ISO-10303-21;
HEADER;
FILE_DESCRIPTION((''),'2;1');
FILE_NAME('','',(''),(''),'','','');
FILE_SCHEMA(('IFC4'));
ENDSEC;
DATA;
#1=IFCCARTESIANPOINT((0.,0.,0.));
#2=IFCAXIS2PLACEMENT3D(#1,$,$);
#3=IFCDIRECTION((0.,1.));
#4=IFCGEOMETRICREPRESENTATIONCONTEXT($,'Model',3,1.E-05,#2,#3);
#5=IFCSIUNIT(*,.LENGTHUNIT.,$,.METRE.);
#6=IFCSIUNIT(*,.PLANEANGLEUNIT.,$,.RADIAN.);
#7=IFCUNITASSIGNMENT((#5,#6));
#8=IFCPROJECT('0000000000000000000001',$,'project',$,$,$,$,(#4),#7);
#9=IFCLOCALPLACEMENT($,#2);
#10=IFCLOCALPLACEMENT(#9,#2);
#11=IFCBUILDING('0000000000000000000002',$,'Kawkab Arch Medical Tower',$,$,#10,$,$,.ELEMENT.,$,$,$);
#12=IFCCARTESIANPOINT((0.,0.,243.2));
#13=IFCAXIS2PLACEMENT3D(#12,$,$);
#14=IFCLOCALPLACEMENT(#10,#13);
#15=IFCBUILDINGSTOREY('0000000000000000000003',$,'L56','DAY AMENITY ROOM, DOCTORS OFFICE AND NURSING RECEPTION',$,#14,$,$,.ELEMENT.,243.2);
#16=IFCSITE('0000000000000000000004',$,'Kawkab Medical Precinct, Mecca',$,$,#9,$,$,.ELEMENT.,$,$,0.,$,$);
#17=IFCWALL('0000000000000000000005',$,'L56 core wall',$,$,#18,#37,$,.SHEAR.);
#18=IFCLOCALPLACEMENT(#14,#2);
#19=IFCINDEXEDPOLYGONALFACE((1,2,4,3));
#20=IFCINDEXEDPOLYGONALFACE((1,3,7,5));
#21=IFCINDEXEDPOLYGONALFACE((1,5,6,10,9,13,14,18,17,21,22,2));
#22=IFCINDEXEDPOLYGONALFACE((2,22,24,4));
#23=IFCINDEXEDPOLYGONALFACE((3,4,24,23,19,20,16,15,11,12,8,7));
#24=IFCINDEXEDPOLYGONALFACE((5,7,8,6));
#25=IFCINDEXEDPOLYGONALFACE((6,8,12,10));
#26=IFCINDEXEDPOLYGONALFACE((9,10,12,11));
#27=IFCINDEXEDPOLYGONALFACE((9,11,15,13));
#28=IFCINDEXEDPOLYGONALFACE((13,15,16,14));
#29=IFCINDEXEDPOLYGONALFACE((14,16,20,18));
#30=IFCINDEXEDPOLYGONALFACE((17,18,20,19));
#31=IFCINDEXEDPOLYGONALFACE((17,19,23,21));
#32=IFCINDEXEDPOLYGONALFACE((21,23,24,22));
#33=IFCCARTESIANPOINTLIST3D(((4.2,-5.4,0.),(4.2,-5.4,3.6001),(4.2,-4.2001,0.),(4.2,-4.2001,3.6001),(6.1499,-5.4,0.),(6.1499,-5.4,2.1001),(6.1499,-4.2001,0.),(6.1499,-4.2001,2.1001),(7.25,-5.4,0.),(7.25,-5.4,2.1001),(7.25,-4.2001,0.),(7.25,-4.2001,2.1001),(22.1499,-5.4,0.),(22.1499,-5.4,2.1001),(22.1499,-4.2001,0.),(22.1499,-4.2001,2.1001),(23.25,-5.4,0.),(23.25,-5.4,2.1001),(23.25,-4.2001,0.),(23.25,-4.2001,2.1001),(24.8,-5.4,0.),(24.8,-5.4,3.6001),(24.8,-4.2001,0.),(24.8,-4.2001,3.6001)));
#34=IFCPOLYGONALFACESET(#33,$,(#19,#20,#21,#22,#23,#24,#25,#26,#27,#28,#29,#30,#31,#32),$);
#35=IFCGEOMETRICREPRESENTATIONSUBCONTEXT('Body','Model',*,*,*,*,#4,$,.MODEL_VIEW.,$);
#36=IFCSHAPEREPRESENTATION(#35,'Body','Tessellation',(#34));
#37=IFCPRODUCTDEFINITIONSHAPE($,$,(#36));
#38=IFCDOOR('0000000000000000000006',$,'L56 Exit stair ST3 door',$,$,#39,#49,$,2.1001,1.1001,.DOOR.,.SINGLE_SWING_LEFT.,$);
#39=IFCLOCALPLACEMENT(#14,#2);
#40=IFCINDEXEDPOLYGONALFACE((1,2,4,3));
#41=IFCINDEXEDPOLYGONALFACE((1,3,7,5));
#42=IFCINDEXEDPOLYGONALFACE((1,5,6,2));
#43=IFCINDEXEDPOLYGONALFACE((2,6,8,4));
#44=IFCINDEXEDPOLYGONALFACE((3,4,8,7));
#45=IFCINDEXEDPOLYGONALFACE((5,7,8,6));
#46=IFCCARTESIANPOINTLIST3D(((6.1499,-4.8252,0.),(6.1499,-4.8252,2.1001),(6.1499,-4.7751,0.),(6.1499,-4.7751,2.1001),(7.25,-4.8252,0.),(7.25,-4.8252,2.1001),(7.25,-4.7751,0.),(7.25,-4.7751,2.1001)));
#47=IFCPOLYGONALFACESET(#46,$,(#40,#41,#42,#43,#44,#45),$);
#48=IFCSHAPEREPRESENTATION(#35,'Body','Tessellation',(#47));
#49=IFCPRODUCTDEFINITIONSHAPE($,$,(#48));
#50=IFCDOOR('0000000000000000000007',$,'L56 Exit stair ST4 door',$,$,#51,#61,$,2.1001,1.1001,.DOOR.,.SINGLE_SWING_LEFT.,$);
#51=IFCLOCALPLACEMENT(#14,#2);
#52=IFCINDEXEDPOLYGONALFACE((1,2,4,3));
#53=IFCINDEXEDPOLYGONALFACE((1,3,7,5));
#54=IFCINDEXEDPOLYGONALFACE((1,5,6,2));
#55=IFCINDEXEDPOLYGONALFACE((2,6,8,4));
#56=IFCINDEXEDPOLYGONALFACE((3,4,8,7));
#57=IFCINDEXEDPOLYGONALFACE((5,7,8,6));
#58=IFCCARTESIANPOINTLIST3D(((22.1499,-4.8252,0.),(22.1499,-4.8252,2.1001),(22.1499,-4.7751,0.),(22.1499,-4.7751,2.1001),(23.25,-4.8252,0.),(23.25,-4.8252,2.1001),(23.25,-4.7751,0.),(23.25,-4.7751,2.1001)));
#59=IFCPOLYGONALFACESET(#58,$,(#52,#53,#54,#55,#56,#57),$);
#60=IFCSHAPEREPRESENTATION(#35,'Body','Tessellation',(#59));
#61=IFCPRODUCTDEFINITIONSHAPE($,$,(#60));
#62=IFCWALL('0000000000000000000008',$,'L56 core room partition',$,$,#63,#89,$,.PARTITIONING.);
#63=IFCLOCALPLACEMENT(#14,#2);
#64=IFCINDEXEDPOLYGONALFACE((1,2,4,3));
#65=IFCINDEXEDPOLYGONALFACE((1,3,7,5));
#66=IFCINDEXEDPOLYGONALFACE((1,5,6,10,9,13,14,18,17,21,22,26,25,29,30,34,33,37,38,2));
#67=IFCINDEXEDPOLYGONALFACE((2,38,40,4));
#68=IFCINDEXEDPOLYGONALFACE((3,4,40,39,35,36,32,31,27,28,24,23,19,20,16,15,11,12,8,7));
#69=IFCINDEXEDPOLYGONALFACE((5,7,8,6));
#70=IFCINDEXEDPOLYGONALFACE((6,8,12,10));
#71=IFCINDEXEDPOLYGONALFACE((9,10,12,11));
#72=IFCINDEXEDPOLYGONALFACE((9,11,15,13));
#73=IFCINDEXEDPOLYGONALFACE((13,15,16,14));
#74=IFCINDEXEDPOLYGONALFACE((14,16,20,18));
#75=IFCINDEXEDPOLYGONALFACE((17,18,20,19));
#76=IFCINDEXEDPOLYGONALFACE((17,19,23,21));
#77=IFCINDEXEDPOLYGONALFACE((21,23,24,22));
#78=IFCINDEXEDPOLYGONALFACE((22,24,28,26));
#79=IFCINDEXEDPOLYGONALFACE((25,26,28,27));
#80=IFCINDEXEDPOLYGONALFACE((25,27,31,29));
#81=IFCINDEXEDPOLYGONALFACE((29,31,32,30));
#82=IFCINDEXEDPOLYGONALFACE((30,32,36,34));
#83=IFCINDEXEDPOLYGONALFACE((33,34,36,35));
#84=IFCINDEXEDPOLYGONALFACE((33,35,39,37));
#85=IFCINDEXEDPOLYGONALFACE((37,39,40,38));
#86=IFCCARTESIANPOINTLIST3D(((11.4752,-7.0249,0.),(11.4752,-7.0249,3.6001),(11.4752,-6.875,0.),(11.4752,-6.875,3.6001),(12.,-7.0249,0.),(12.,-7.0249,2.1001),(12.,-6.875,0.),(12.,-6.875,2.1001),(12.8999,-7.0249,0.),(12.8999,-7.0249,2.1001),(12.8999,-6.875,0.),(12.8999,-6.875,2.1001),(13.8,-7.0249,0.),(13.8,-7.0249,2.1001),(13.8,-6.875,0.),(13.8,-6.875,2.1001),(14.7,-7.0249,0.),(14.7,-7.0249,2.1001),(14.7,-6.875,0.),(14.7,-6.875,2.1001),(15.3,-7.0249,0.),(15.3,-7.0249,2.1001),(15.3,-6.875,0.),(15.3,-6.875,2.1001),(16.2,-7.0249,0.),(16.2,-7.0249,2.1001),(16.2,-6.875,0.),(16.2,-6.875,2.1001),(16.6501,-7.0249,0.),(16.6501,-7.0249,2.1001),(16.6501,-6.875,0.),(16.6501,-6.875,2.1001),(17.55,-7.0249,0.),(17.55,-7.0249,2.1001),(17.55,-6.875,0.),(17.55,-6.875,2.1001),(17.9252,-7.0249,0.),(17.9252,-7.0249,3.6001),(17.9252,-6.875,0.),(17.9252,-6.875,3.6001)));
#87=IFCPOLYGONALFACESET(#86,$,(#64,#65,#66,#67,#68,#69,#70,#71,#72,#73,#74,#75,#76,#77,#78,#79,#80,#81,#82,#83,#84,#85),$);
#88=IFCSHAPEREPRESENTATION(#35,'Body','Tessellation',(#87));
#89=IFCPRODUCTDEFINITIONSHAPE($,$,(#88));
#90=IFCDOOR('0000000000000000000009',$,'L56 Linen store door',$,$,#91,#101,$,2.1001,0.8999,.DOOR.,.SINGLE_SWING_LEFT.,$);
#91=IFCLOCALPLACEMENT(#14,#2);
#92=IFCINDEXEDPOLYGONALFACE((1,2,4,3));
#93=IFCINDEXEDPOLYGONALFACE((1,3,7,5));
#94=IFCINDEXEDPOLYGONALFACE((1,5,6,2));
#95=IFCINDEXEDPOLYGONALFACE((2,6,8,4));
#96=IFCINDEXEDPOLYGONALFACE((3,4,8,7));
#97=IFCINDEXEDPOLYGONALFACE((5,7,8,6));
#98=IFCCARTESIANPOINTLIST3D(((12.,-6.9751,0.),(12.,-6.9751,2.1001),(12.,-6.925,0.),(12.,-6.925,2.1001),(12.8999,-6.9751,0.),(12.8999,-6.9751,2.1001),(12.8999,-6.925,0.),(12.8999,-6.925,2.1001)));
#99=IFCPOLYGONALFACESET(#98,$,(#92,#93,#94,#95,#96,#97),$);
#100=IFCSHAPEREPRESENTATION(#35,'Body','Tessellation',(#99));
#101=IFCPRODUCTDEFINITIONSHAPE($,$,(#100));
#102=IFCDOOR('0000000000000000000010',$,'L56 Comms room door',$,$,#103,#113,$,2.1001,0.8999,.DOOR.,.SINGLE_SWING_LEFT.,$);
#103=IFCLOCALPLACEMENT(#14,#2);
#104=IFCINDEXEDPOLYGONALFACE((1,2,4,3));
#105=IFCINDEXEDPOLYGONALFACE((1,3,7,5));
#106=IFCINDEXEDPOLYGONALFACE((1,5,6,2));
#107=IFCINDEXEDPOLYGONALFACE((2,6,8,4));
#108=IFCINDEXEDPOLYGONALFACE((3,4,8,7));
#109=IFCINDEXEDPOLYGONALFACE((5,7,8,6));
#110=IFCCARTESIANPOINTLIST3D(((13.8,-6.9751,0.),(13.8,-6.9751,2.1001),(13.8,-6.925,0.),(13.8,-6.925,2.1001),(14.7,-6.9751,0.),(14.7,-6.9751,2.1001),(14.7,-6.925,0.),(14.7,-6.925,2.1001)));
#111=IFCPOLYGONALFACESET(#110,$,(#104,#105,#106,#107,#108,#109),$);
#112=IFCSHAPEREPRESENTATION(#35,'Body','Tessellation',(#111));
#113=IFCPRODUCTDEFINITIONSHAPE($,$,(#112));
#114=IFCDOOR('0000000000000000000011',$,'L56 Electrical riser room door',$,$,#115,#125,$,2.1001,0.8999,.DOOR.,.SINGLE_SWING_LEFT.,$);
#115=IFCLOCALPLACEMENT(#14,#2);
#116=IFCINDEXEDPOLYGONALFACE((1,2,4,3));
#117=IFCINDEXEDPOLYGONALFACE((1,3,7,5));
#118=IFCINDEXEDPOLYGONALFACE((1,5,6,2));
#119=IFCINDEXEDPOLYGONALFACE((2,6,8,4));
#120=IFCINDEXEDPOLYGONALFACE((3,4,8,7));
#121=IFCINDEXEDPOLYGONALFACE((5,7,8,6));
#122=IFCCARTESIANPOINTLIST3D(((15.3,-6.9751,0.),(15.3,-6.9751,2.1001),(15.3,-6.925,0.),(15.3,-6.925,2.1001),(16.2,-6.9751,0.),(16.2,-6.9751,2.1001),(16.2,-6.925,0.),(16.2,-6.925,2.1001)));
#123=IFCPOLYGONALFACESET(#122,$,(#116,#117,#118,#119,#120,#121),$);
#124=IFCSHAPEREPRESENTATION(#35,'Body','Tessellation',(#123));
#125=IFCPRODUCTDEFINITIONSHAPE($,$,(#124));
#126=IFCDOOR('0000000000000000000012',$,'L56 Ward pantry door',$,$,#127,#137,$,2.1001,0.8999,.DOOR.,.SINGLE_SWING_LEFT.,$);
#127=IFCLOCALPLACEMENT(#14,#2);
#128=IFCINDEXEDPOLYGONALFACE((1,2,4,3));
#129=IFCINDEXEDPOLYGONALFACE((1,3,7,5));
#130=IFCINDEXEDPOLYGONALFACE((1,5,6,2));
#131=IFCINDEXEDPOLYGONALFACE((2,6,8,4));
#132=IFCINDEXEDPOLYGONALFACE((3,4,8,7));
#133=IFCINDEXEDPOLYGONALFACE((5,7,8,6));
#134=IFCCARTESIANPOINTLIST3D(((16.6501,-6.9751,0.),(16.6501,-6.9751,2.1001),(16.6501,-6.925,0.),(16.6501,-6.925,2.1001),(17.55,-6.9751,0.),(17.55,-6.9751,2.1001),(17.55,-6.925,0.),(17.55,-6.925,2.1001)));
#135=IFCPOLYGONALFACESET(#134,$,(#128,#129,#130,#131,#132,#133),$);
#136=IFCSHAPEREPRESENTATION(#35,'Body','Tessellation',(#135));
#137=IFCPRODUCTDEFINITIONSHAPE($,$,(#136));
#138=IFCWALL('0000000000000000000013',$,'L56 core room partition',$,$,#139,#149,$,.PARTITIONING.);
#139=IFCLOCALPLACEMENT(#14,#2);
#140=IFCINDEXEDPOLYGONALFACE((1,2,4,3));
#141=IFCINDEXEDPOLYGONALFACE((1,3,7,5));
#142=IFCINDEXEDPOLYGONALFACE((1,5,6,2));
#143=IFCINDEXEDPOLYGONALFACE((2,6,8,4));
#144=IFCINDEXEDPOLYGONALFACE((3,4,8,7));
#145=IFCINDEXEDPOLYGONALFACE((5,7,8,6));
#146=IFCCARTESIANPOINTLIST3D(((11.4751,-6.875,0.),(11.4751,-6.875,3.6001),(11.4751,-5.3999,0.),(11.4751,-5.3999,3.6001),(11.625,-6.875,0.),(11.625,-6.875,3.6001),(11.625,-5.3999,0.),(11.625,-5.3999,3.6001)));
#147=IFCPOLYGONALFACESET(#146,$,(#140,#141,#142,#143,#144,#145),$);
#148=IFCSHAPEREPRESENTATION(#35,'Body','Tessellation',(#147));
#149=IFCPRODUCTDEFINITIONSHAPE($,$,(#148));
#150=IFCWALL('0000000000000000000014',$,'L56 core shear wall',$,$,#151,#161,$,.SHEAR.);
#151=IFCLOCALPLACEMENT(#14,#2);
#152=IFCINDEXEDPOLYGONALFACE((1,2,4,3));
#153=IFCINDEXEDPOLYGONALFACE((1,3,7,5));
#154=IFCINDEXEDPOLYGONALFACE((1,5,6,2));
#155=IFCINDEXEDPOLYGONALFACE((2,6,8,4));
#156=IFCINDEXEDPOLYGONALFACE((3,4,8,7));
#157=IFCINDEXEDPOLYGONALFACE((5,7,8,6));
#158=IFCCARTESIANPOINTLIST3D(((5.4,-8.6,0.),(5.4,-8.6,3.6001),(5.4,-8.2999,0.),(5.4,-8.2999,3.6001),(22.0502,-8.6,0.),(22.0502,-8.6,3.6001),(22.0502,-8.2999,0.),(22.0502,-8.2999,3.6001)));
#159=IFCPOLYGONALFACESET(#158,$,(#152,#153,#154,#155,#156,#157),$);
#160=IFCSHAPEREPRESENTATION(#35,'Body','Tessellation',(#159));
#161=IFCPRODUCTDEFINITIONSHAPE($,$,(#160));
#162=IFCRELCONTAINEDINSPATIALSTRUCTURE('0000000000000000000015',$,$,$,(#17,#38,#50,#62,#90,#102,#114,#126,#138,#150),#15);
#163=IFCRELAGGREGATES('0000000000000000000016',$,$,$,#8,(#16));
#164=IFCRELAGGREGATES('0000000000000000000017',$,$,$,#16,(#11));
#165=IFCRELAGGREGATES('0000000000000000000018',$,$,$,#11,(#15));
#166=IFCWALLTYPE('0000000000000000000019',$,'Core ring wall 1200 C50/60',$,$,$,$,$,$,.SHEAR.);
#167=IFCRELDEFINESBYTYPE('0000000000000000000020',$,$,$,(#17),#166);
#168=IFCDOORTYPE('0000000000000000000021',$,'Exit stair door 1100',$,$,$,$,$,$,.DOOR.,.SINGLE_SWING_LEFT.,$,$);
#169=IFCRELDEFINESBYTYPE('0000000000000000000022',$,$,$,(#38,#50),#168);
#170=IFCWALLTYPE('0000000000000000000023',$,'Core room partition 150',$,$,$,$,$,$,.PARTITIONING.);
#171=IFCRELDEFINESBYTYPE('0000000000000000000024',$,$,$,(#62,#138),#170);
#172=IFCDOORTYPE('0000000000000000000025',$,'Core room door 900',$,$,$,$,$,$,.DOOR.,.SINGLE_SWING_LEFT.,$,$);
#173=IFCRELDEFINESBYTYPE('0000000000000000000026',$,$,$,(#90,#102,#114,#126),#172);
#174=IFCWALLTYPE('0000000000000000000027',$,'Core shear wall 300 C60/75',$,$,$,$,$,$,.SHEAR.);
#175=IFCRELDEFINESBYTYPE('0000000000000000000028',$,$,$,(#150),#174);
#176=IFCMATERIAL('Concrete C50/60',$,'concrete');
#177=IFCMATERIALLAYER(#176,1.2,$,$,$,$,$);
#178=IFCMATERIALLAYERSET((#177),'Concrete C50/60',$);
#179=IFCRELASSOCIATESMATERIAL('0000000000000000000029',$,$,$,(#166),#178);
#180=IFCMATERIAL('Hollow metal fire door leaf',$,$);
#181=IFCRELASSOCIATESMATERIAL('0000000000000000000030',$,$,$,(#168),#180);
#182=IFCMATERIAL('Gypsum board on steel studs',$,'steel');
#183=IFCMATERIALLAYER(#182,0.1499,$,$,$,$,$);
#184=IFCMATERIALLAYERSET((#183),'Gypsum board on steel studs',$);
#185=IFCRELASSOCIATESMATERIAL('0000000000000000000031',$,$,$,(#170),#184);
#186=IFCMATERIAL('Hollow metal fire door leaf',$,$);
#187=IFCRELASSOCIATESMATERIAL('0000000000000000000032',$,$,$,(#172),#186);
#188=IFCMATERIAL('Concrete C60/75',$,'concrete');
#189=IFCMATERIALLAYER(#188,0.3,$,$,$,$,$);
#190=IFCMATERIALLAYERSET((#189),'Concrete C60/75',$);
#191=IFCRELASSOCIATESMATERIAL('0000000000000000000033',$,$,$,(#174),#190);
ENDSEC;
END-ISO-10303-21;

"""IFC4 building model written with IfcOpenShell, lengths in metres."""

from ifc_helpers import new_model, si_unit, direction, frame, frame_2d, origin, place, context, subcontext, project, spatial, rectangle, extrude, material, layer, layer_set, type_object, element, fill, save


model = new_model("IFC4")

# Units and contexts
model_context = context("Model", 3, precision=1e-05, world=origin(), true_north=direction((0.0, 1.0)))
body_context = subcontext(model_context, "Body", "Model", "MODEL_VIEW")
ifc_project = project(units=[si_unit("LENGTHUNIT", "METRE"), si_unit("PLANEANGLEUNIT", "RADIAN")], contexts=[model_context])

# Site, building, storey
site_placement = place(None, origin())
site = spatial("IfcSite", under=ifc_project, at=site_placement, Name="Kawkab Medical Precinct, Mecca", CompositionType="ELEMENT", RefElevation=0.0)
building_placement = place(site_placement, origin())
building = spatial("IfcBuilding", under=site, at=building_placement, Name="Kawkab Arch Medical Tower", CompositionType="ELEMENT")
storey_placement = place(building_placement, frame((0.0, 0.0, 243.2)))
storey = spatial("IfcBuildingStorey", under=building, at=storey_placement, Name="L56", Description="DAY AMENITY ROOM, DOCTORS OFFICE AND NURSING RECEPTION", CompositionType="ELEMENT", Elevation=243.2)

# Walls, openings, doors
ifc_material_1 = material(Name="Concrete C50/60", Category="concrete")
ifc_layer_1 = layer(ifc_material_1, 1.2)
ifc_layer_set_1 = layer_set([ifc_layer_1], Name="Concrete C50/60")
wall_type_1 = type_object("IfcWallType", Name="Core ring wall 1200 C50/60", PredefinedType="SHEAR", material=ifc_layer_set_1)
wall_1_placement = place(storey_placement, frame((4.2, -4.8, 0.0), z_axis=(0.0, 0.0, 1.0), x_axis=(1.0, 0.0, 0.0)))
wall_1 = element("IfcWall", 1, at=wall_1_placement, inside=storey, type_object=wall_type_1, Name="L56 core wall", PredefinedType="SHEAR", context=body_context, shape_type="SweptSolid", body=[
    extrude(rectangle(XDim=20.6001, YDim=1.2, at=frame_2d((10.3, 0.0))), origin(), (0.0, 0.0, 1.0), 3.6001),
])
opening_1_placement = place(wall_1_placement, frame((1.95, 0.0, 0.0)))
opening_1 = element("IfcOpeningElement", 2, at=opening_1_placement, cuts=wall_1, PredefinedType="OPENING", context=body_context, shape_type="SweptSolid", body=[
    extrude(rectangle(XDim=1.1001, YDim=2.1001, at=frame_2d((0.55, 1.05))), frame((0.0, 0.6099, 0.0), z_axis=(0.0, -1.0, 0.0), x_axis=(1.0, 0.0, 0.0)), (0.0, 0.0, 1.0), 1.22),
])
opening_2_placement = place(wall_1_placement, frame((17.95, 0.0, 0.0)))
opening_2 = element("IfcOpeningElement", 3, at=opening_2_placement, cuts=wall_1, PredefinedType="OPENING", context=body_context, shape_type="SweptSolid", body=[
    extrude(rectangle(XDim=1.1001, YDim=2.1001, at=frame_2d((0.55, 1.05))), frame((0.0, 0.6099, 0.0), z_axis=(0.0, -1.0, 0.0), x_axis=(1.0, 0.0, 0.0)), (0.0, 0.0, 1.0), 1.22),
])
ifc_material_2 = material(Name="Hollow metal fire door leaf")
door_type_1 = type_object("IfcDoorType", Name="Exit stair door 1100", OperationType="SINGLE_SWING_LEFT", PredefinedType="DOOR", material=ifc_material_2)
door_1_placement = place(opening_1_placement, origin())
door_1 = element("IfcDoor", 4, at=door_1_placement, inside=storey, type_object=door_type_1, Name="L56 Exit stair ST3 door", OperationType="SINGLE_SWING_LEFT", OverallHeight=2.1001, OverallWidth=1.1001, PredefinedType="DOOR", context=body_context, shape_type="SweptSolid", body=[
    extrude(rectangle(XDim=1.1001, YDim=2.1001, at=frame_2d((0.55, 1.05))), frame((0.0, 0.0249, 0.0), z_axis=(0.0, -1.0, 0.0), x_axis=(1.0, 0.0, 0.0)), (0.0, 0.0, 1.0), 0.05),
])
fill(opening_1, door_1)
door_2_placement = place(opening_2_placement, origin())
door_2 = element("IfcDoor", 5, at=door_2_placement, inside=storey, type_object=door_type_1, Name="L56 Exit stair ST4 door", OperationType="SINGLE_SWING_LEFT", OverallHeight=2.1001, OverallWidth=1.1001, PredefinedType="DOOR", context=body_context, shape_type="SweptSolid", body=[
    extrude(rectangle(XDim=1.1001, YDim=2.1001, at=frame_2d((0.55, 1.05))), frame((0.0, 0.0249, 0.0), z_axis=(0.0, -1.0, 0.0), x_axis=(1.0, 0.0, 0.0)), (0.0, 0.0, 1.0), 0.05),
])
fill(opening_2, door_2)
ifc_material_3 = material(Name="Gypsum board on steel studs", Category="steel")
ifc_layer_2 = layer(ifc_material_3, 0.1499)
ifc_layer_set_2 = layer_set([ifc_layer_2], Name="Gypsum board on steel studs")
wall_type_2 = type_object("IfcWallType", Name="Core room partition 150", PredefinedType="PARTITIONING", material=ifc_layer_set_2)
wall_2_placement = place(storey_placement, frame((11.4751, -6.95, 0.0), z_axis=(0.0, 0.0, 1.0), x_axis=(1.0, 0.0, 0.0)))
wall_2 = element("IfcWall", 6, at=wall_2_placement, inside=storey, type_object=wall_type_2, Name="L56 core room partition", PredefinedType="PARTITIONING", context=body_context, shape_type="SweptSolid", body=[
    extrude(rectangle(XDim=6.45, YDim=0.1499, at=frame_2d((3.2251, 0.0))), origin(), (0.0, 0.0, 1.0), 3.6001),
])
opening_3_placement = place(wall_2_placement, frame((0.5249, 0.0, 0.0)))
opening_3 = element("IfcOpeningElement", 7, at=opening_3_placement, cuts=wall_2, PredefinedType="OPENING", context=body_context, shape_type="SweptSolid", body=[
    extrude(rectangle(XDim=0.8999, YDim=2.1001, at=frame_2d((0.45, 1.05))), frame((0.0, 0.085, 0.0), z_axis=(0.0, -1.0, 0.0), x_axis=(1.0, 0.0, 0.0)), (0.0, 0.0, 1.0), 0.1699),
])
opening_4_placement = place(wall_2_placement, frame((2.325, 0.0, 0.0)))
opening_4 = element("IfcOpeningElement", 8, at=opening_4_placement, cuts=wall_2, PredefinedType="OPENING", context=body_context, shape_type="SweptSolid", body=[
    extrude(rectangle(XDim=0.8999, YDim=2.1001, at=frame_2d((0.45, 1.05))), frame((0.0, 0.085, 0.0), z_axis=(0.0, -1.0, 0.0), x_axis=(1.0, 0.0, 0.0)), (0.0, 0.0, 1.0), 0.1699),
])
opening_5_placement = place(wall_2_placement, frame((3.825, 0.0, 0.0)))
opening_5 = element("IfcOpeningElement", 9, at=opening_5_placement, cuts=wall_2, PredefinedType="OPENING", context=body_context, shape_type="SweptSolid", body=[
    extrude(rectangle(XDim=0.8999, YDim=2.1001, at=frame_2d((0.45, 1.05))), frame((0.0, 0.085, 0.0), z_axis=(0.0, -1.0, 0.0), x_axis=(1.0, 0.0, 0.0)), (0.0, 0.0, 1.0), 0.1699),
])
opening_6_placement = place(wall_2_placement, frame((5.175, 0.0, 0.0)))
opening_6 = element("IfcOpeningElement", 10, at=opening_6_placement, cuts=wall_2, PredefinedType="OPENING", context=body_context, shape_type="SweptSolid", body=[
    extrude(rectangle(XDim=0.8999, YDim=2.1001, at=frame_2d((0.45, 1.05))), frame((0.0, 0.085, 0.0), z_axis=(0.0, -1.0, 0.0), x_axis=(1.0, 0.0, 0.0)), (0.0, 0.0, 1.0), 0.1699),
])
ifc_material_4 = material(Name="Hollow metal fire door leaf")
door_type_2 = type_object("IfcDoorType", Name="Core room door 900", OperationType="SINGLE_SWING_LEFT", PredefinedType="DOOR", material=ifc_material_4)
door_3_placement = place(opening_3_placement, origin())
door_3 = element("IfcDoor", 11, at=door_3_placement, inside=storey, type_object=door_type_2, Name="L56 Linen store door", OperationType="SINGLE_SWING_LEFT", OverallHeight=2.1001, OverallWidth=0.8999, PredefinedType="DOOR", context=body_context, shape_type="SweptSolid", body=[
    extrude(rectangle(XDim=0.8999, YDim=2.1001, at=frame_2d((0.45, 1.05))), frame((0.0, 0.0249, 0.0), z_axis=(0.0, -1.0, 0.0), x_axis=(1.0, 0.0, 0.0)), (0.0, 0.0, 1.0), 0.05),
])
fill(opening_3, door_3)
door_4_placement = place(opening_4_placement, origin())
door_4 = element("IfcDoor", 12, at=door_4_placement, inside=storey, type_object=door_type_2, Name="L56 Comms room door", OperationType="SINGLE_SWING_LEFT", OverallHeight=2.1001, OverallWidth=0.8999, PredefinedType="DOOR", context=body_context, shape_type="SweptSolid", body=[
    extrude(rectangle(XDim=0.8999, YDim=2.1001, at=frame_2d((0.45, 1.05))), frame((0.0, 0.0249, 0.0), z_axis=(0.0, -1.0, 0.0), x_axis=(1.0, 0.0, 0.0)), (0.0, 0.0, 1.0), 0.05),
])
fill(opening_4, door_4)
door_5_placement = place(opening_5_placement, origin())
door_5 = element("IfcDoor", 13, at=door_5_placement, inside=storey, type_object=door_type_2, Name="L56 Electrical riser room door", OperationType="SINGLE_SWING_LEFT", OverallHeight=2.1001, OverallWidth=0.8999, PredefinedType="DOOR", context=body_context, shape_type="SweptSolid", body=[
    extrude(rectangle(XDim=0.8999, YDim=2.1001, at=frame_2d((0.45, 1.05))), frame((0.0, 0.0249, 0.0), z_axis=(0.0, -1.0, 0.0), x_axis=(1.0, 0.0, 0.0)), (0.0, 0.0, 1.0), 0.05),
])
fill(opening_5, door_5)
door_6_placement = place(opening_6_placement, origin())
door_6 = element("IfcDoor", 14, at=door_6_placement, inside=storey, type_object=door_type_2, Name="L56 Ward pantry door", OperationType="SINGLE_SWING_LEFT", OverallHeight=2.1001, OverallWidth=0.8999, PredefinedType="DOOR", context=body_context, shape_type="SweptSolid", body=[
    extrude(rectangle(XDim=0.8999, YDim=2.1001, at=frame_2d((0.45, 1.05))), frame((0.0, 0.0249, 0.0), z_axis=(0.0, -1.0, 0.0), x_axis=(1.0, 0.0, 0.0)), (0.0, 0.0, 1.0), 0.05),
])
fill(opening_6, door_6)

# Walls
wall_3_placement = place(storey_placement, frame((11.55, -6.875, 0.0), z_axis=(0.0, 0.0, 1.0), x_axis=(0.0, 1.0, 0.0)))
element("IfcWall", 15, at=wall_3_placement, inside=storey, type_object=wall_type_2, Name="L56 core room partition", PredefinedType="PARTITIONING", context=body_context, shape_type="SweptSolid", body=[
    extrude(rectangle(XDim=1.4751, YDim=0.1499, at=frame_2d((0.7375, 0.0))), origin(), (0.0, 0.0, 1.0), 3.6001),
])
ifc_material_5 = material(Name="Concrete C60/75", Category="concrete")
ifc_layer_3 = layer(ifc_material_5, 0.3)
ifc_layer_set_3 = layer_set([ifc_layer_3], Name="Concrete C60/75")
wall_type_3 = type_object("IfcWallType", Name="Core shear wall 300 C60/75", PredefinedType="SHEAR", material=ifc_layer_set_3)
wall_4_placement = place(storey_placement, frame((5.3999, -8.45, 0.0), z_axis=(0.0, 0.0, 1.0), x_axis=(1.0, 0.0, 0.0)))
element("IfcWall", 16, at=wall_4_placement, inside=storey, type_object=wall_type_3, Name="L56 core shear wall", PredefinedType="SHEAR", context=body_context, shape_type="SweptSolid", body=[
    extrude(rectangle(XDim=16.6501, YDim=0.3, at=frame_2d((8.3252, 0.0))), origin(), (0.0, 0.0, 1.0), 3.6001),
])

save(model, "model.ifc")
